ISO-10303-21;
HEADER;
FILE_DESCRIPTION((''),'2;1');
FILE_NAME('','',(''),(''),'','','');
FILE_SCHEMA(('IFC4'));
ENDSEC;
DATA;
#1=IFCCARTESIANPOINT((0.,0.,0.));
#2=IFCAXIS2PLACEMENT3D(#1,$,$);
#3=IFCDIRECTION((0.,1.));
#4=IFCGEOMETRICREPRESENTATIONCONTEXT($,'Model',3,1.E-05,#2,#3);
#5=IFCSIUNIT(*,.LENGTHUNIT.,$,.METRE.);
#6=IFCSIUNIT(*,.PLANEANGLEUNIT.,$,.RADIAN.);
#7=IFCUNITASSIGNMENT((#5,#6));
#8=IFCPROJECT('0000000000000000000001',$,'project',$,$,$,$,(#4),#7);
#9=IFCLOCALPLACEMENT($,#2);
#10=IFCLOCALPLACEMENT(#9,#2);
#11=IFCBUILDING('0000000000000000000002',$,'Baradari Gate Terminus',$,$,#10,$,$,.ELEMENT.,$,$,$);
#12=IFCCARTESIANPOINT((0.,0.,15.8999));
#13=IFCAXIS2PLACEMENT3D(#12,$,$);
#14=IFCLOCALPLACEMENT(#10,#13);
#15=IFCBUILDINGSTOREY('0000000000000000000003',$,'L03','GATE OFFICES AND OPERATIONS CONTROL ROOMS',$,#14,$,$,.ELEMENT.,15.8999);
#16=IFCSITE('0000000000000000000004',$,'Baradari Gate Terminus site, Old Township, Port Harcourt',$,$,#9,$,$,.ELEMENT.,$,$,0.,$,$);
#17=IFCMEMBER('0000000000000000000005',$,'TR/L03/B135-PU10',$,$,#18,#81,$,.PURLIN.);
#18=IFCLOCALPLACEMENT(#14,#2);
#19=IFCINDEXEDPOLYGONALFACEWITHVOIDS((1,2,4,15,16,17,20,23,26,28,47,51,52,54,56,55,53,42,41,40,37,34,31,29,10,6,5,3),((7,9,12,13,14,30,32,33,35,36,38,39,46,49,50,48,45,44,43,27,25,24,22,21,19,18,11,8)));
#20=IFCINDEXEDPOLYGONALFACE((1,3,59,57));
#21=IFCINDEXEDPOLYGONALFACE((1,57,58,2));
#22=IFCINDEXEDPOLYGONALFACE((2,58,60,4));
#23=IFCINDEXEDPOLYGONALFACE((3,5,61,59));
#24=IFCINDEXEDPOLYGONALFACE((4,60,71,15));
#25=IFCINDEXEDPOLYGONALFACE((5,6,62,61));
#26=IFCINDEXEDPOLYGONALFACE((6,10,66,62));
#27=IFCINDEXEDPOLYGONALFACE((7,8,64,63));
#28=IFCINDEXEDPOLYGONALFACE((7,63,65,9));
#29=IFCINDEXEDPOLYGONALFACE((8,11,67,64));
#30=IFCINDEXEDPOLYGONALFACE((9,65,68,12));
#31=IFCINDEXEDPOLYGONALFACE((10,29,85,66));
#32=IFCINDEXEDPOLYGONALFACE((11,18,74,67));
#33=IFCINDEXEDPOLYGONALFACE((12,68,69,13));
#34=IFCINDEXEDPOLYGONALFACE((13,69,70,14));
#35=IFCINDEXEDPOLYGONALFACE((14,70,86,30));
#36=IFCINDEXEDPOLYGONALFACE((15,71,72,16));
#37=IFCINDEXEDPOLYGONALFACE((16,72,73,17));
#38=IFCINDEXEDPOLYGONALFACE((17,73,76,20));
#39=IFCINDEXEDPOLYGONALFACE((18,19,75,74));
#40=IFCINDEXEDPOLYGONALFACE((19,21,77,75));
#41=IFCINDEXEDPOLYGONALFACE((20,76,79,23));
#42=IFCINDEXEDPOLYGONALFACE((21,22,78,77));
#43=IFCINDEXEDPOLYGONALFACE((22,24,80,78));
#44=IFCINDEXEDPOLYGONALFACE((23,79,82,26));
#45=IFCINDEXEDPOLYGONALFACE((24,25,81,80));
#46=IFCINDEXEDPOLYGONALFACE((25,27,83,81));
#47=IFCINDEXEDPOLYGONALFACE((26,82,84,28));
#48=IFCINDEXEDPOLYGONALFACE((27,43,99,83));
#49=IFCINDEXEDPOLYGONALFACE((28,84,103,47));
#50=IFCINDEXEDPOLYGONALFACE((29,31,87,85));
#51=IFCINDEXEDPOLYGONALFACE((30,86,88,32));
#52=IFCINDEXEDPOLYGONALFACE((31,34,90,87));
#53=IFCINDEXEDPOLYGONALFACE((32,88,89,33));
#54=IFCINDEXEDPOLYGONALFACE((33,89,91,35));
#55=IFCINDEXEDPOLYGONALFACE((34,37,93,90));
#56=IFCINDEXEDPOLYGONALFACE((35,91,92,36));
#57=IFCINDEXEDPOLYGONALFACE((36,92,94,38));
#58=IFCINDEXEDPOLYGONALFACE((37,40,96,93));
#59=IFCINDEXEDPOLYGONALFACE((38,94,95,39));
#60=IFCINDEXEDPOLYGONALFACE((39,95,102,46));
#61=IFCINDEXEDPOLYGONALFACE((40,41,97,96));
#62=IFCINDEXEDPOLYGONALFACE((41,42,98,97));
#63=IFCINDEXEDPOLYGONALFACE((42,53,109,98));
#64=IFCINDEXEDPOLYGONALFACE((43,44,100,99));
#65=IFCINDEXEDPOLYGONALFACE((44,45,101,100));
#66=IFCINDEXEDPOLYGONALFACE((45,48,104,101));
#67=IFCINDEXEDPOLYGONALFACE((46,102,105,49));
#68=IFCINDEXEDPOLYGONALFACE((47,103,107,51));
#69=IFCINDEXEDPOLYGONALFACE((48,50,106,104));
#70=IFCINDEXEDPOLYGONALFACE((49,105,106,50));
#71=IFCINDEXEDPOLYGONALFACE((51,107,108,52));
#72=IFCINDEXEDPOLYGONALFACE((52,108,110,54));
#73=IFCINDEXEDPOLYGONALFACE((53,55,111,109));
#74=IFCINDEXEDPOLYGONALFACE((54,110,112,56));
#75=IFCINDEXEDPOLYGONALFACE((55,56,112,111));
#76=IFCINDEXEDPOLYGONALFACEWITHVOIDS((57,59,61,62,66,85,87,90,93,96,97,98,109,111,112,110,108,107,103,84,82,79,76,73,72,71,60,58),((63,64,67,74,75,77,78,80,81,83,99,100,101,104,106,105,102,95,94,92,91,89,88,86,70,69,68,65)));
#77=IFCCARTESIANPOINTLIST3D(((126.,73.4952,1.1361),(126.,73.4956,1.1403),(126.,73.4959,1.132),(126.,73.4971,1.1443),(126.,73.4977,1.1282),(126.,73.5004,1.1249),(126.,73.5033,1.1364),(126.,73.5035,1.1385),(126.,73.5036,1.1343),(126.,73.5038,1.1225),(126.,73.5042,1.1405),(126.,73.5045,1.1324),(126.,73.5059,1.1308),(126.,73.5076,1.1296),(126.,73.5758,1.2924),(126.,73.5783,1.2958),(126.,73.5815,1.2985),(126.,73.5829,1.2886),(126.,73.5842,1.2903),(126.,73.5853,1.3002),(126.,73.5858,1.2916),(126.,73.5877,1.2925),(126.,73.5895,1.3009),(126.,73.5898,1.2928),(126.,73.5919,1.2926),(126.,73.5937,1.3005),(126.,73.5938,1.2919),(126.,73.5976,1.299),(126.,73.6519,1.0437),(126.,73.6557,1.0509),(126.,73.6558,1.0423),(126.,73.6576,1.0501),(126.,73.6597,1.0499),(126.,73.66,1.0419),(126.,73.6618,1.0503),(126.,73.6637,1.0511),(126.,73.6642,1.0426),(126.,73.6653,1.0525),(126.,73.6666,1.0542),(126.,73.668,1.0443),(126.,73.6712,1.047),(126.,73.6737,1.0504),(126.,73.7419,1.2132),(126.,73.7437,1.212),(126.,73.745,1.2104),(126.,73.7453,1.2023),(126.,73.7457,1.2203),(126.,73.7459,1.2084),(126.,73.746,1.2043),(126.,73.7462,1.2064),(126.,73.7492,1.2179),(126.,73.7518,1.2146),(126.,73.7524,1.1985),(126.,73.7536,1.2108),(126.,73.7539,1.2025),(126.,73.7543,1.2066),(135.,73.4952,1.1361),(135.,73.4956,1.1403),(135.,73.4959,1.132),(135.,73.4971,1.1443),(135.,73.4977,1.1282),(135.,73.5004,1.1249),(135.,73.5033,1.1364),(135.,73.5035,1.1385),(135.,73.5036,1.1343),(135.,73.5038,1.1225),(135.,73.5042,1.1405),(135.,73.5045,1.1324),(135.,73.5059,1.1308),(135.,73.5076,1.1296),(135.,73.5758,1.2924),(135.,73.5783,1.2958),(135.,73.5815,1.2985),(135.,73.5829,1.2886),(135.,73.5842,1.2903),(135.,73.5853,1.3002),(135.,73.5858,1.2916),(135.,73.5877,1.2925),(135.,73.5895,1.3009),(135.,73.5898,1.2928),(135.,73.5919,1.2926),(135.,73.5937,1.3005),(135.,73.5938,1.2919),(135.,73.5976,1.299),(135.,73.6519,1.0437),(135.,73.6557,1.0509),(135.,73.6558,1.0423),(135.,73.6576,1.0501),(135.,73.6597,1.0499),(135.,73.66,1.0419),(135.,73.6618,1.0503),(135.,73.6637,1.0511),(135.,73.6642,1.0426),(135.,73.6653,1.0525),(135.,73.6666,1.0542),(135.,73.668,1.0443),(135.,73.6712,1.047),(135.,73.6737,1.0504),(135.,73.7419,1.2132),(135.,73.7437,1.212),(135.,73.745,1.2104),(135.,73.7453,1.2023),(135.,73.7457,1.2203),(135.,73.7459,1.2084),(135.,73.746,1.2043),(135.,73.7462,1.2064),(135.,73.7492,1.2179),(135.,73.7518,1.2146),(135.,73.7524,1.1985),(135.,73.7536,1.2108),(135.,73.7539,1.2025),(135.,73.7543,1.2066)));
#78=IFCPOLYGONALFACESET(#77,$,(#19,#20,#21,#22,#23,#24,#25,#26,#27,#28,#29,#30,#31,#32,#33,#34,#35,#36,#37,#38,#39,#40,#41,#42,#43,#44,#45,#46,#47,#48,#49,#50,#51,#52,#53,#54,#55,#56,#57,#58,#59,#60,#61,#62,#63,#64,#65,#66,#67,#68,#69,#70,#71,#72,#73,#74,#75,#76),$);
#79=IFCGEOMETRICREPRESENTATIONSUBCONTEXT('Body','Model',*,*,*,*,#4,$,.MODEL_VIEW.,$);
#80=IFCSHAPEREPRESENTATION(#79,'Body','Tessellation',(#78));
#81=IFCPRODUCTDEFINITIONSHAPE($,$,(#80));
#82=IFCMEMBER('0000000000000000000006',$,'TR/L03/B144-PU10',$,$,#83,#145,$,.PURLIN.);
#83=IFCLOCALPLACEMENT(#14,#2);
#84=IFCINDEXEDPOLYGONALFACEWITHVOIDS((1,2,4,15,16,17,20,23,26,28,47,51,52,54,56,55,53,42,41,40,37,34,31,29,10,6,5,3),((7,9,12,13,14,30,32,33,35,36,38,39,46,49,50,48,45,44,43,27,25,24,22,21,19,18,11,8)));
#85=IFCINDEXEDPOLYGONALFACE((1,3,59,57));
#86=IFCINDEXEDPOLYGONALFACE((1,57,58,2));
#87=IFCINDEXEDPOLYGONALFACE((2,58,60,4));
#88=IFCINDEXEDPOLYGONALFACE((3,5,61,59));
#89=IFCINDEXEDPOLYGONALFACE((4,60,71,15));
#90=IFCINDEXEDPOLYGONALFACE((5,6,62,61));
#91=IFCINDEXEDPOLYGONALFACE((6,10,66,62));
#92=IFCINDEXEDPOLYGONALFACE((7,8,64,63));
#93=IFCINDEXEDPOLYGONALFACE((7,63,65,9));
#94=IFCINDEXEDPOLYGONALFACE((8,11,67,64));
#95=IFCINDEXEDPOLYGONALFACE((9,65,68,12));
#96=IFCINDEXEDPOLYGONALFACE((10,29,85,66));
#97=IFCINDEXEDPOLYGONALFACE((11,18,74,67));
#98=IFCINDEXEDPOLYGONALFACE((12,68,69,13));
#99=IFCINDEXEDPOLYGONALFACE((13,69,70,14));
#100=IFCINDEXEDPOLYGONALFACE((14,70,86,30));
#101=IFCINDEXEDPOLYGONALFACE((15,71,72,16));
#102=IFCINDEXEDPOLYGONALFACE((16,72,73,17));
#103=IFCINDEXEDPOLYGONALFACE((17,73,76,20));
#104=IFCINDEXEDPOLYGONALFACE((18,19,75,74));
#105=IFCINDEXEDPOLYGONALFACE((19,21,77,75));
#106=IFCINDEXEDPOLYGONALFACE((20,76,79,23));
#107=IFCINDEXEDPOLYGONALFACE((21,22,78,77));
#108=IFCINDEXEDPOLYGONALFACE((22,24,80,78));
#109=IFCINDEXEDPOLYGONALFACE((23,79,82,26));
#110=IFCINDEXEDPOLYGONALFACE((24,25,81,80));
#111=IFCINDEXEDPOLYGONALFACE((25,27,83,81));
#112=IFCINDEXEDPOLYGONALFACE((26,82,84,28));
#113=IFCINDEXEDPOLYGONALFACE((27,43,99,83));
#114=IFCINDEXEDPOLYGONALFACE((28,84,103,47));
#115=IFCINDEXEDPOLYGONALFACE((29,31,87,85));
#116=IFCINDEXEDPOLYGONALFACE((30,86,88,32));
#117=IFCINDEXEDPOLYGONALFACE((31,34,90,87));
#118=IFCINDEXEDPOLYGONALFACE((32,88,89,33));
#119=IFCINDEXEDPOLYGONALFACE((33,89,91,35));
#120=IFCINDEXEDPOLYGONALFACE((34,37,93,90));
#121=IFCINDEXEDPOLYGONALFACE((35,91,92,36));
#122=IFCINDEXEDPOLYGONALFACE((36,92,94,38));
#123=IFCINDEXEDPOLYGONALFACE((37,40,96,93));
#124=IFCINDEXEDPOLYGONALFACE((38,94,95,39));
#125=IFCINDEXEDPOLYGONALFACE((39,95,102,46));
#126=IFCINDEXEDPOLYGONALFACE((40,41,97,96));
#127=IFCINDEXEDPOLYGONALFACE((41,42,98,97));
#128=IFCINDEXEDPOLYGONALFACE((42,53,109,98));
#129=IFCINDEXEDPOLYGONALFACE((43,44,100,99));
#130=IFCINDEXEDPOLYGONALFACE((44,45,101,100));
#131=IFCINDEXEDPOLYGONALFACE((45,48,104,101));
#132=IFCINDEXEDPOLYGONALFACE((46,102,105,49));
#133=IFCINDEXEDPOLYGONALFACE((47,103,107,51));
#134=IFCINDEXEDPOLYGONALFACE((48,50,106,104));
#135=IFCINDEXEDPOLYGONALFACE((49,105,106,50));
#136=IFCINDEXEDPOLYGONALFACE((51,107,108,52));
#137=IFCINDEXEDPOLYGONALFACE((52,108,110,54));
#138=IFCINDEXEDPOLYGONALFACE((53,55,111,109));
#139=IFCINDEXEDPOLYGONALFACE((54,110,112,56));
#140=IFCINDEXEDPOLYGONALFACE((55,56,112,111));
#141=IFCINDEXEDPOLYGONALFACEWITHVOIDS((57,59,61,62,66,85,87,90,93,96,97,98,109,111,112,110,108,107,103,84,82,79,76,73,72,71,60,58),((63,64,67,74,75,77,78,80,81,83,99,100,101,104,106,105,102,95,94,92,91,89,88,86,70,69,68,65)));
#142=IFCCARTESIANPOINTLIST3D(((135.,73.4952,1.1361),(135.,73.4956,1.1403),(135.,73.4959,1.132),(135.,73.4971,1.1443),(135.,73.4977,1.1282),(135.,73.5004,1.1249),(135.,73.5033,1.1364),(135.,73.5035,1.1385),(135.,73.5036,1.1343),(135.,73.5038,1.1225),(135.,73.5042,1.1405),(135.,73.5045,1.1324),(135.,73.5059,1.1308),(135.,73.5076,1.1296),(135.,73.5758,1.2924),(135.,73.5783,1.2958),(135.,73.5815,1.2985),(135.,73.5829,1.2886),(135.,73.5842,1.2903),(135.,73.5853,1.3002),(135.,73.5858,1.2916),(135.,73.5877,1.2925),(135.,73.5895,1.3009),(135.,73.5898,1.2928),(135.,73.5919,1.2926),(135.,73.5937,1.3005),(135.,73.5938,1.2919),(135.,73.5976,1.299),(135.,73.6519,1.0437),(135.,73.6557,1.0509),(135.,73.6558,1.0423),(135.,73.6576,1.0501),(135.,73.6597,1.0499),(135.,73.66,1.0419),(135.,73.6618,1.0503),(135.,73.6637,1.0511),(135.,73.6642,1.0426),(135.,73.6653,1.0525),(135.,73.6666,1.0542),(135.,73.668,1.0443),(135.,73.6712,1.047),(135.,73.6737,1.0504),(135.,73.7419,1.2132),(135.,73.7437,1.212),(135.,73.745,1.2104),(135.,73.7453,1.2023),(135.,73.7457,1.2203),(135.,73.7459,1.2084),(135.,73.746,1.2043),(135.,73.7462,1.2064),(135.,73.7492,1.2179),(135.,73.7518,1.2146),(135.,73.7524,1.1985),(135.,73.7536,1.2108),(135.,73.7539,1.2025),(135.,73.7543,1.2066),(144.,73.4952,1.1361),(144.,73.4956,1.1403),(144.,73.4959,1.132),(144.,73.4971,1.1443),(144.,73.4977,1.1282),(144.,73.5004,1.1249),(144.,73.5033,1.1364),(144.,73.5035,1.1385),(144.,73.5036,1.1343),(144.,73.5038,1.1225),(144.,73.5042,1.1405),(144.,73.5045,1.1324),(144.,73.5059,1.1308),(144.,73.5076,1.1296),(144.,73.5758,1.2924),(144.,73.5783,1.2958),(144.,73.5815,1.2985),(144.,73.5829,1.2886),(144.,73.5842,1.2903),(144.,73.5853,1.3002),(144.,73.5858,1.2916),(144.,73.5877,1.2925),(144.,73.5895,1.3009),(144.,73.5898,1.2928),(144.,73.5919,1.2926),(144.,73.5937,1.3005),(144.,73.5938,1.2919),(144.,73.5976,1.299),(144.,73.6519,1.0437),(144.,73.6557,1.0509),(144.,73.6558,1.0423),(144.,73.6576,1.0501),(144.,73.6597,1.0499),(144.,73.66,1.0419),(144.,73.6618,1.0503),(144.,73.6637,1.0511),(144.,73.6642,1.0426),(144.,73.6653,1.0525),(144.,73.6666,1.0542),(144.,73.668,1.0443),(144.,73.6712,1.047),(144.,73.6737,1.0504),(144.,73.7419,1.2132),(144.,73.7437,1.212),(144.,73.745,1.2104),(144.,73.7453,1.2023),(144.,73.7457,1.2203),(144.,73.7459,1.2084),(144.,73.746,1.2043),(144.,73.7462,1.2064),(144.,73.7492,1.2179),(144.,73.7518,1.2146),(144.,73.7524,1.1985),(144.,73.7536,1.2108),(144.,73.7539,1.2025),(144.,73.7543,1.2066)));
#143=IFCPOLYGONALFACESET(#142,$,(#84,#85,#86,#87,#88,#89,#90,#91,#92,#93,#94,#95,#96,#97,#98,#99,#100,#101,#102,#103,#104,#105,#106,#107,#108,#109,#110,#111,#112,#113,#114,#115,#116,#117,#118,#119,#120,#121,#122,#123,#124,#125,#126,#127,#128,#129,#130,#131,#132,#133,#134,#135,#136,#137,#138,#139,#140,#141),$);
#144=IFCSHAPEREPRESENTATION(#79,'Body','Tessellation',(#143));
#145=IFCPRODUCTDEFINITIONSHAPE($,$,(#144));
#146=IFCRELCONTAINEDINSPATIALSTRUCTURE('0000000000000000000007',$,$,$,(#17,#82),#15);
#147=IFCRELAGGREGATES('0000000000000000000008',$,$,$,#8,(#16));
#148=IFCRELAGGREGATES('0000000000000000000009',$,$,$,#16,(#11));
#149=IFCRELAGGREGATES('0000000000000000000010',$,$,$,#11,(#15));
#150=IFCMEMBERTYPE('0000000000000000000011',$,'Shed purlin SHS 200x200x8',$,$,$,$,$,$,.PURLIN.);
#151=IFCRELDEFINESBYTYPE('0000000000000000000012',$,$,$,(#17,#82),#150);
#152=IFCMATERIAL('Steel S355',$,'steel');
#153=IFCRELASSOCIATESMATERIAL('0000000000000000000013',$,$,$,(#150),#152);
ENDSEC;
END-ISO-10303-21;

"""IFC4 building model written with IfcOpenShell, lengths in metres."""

from ifc_helpers import new_model, si_unit, direction, frame, origin, origin_2d, place, context, subcontext, project, spatial, hollow_rectangle, extrude, material, material_profile, profile_set, type_object, element, save


model = new_model("IFC4")

# Units and contexts
model_context = context("Model", 3, precision=1e-05, world=origin(), true_north=direction((0.0, 1.0)))
body_context = subcontext(model_context, "Body", "Model", "MODEL_VIEW")
ifc_project = project(units=[si_unit("LENGTHUNIT", "METRE"), si_unit("PLANEANGLEUNIT", "RADIAN")], contexts=[model_context])

# Site, building, storey
site_placement = place(None, origin())
site = spatial("IfcSite", under=ifc_project, at=site_placement, Name="Baradari Gate Terminus site, Old Township, Port Harcourt", CompositionType="ELEMENT", RefElevation=0.0)
building_placement = place(site_placement, origin())
building = spatial("IfcBuilding", under=site, at=building_placement, Name="Baradari Gate Terminus", CompositionType="ELEMENT")
storey_placement = place(building_placement, frame((0.0, 0.0, 15.8999)))
storey = spatial("IfcBuildingStorey", under=building, at=storey_placement, Name="L03", Description="GATE OFFICES AND OPERATIONS CONTROL ROOMS", CompositionType="ELEMENT", Elevation=15.8999)

# Members
ifc_material_1 = material(Name="Steel S355", Category="steel")
ifc_material_profile_1 = material_profile(ifc_material_1, hollow_rectangle(XDim=0.2, YDim=0.2, WallThickness=0.0081, InnerFilletRadius=0.0081, OuterFilletRadius=0.0161, at=origin_2d()), Name="SHS 200x200x8")
ifc_profile_set_1 = profile_set([ifc_material_profile_1], Name="Steel S355")
member_type_1 = type_object("IfcMemberType", Name="Shed purlin SHS 200x200x8", PredefinedType="PURLIN", material=ifc_profile_set_1)
for number, where, z_axis, x_axis, name in (
    (1, (126.0, 73.6248, 1.1714), (1.0, 0.0, 0.0), (0.0, 0.883027, -0.469322), "TR/L03/B135-PU10"),
    (2, (135.0, 73.6248, 1.1714), (1.0, 0.0, 0.0), (0.0, 0.883027, -0.469322), "TR/L03/B144-PU10"),
):
    element("IfcMember", number, at=place(storey_placement, frame(where, z_axis=z_axis, x_axis=x_axis)), inside=storey, type_object=member_type_1, Name=name, PredefinedType="PURLIN", context=body_context, shape_type="SweptSolid", body=[
        extrude(hollow_rectangle(XDim=0.2, YDim=0.2, WallThickness=0.0081, InnerFilletRadius=0.0081, OuterFilletRadius=0.0161, at=origin_2d()), origin(), (0.0, 0.0, 1.0), 9.0),
    ])

save(model, "model.ifc")
